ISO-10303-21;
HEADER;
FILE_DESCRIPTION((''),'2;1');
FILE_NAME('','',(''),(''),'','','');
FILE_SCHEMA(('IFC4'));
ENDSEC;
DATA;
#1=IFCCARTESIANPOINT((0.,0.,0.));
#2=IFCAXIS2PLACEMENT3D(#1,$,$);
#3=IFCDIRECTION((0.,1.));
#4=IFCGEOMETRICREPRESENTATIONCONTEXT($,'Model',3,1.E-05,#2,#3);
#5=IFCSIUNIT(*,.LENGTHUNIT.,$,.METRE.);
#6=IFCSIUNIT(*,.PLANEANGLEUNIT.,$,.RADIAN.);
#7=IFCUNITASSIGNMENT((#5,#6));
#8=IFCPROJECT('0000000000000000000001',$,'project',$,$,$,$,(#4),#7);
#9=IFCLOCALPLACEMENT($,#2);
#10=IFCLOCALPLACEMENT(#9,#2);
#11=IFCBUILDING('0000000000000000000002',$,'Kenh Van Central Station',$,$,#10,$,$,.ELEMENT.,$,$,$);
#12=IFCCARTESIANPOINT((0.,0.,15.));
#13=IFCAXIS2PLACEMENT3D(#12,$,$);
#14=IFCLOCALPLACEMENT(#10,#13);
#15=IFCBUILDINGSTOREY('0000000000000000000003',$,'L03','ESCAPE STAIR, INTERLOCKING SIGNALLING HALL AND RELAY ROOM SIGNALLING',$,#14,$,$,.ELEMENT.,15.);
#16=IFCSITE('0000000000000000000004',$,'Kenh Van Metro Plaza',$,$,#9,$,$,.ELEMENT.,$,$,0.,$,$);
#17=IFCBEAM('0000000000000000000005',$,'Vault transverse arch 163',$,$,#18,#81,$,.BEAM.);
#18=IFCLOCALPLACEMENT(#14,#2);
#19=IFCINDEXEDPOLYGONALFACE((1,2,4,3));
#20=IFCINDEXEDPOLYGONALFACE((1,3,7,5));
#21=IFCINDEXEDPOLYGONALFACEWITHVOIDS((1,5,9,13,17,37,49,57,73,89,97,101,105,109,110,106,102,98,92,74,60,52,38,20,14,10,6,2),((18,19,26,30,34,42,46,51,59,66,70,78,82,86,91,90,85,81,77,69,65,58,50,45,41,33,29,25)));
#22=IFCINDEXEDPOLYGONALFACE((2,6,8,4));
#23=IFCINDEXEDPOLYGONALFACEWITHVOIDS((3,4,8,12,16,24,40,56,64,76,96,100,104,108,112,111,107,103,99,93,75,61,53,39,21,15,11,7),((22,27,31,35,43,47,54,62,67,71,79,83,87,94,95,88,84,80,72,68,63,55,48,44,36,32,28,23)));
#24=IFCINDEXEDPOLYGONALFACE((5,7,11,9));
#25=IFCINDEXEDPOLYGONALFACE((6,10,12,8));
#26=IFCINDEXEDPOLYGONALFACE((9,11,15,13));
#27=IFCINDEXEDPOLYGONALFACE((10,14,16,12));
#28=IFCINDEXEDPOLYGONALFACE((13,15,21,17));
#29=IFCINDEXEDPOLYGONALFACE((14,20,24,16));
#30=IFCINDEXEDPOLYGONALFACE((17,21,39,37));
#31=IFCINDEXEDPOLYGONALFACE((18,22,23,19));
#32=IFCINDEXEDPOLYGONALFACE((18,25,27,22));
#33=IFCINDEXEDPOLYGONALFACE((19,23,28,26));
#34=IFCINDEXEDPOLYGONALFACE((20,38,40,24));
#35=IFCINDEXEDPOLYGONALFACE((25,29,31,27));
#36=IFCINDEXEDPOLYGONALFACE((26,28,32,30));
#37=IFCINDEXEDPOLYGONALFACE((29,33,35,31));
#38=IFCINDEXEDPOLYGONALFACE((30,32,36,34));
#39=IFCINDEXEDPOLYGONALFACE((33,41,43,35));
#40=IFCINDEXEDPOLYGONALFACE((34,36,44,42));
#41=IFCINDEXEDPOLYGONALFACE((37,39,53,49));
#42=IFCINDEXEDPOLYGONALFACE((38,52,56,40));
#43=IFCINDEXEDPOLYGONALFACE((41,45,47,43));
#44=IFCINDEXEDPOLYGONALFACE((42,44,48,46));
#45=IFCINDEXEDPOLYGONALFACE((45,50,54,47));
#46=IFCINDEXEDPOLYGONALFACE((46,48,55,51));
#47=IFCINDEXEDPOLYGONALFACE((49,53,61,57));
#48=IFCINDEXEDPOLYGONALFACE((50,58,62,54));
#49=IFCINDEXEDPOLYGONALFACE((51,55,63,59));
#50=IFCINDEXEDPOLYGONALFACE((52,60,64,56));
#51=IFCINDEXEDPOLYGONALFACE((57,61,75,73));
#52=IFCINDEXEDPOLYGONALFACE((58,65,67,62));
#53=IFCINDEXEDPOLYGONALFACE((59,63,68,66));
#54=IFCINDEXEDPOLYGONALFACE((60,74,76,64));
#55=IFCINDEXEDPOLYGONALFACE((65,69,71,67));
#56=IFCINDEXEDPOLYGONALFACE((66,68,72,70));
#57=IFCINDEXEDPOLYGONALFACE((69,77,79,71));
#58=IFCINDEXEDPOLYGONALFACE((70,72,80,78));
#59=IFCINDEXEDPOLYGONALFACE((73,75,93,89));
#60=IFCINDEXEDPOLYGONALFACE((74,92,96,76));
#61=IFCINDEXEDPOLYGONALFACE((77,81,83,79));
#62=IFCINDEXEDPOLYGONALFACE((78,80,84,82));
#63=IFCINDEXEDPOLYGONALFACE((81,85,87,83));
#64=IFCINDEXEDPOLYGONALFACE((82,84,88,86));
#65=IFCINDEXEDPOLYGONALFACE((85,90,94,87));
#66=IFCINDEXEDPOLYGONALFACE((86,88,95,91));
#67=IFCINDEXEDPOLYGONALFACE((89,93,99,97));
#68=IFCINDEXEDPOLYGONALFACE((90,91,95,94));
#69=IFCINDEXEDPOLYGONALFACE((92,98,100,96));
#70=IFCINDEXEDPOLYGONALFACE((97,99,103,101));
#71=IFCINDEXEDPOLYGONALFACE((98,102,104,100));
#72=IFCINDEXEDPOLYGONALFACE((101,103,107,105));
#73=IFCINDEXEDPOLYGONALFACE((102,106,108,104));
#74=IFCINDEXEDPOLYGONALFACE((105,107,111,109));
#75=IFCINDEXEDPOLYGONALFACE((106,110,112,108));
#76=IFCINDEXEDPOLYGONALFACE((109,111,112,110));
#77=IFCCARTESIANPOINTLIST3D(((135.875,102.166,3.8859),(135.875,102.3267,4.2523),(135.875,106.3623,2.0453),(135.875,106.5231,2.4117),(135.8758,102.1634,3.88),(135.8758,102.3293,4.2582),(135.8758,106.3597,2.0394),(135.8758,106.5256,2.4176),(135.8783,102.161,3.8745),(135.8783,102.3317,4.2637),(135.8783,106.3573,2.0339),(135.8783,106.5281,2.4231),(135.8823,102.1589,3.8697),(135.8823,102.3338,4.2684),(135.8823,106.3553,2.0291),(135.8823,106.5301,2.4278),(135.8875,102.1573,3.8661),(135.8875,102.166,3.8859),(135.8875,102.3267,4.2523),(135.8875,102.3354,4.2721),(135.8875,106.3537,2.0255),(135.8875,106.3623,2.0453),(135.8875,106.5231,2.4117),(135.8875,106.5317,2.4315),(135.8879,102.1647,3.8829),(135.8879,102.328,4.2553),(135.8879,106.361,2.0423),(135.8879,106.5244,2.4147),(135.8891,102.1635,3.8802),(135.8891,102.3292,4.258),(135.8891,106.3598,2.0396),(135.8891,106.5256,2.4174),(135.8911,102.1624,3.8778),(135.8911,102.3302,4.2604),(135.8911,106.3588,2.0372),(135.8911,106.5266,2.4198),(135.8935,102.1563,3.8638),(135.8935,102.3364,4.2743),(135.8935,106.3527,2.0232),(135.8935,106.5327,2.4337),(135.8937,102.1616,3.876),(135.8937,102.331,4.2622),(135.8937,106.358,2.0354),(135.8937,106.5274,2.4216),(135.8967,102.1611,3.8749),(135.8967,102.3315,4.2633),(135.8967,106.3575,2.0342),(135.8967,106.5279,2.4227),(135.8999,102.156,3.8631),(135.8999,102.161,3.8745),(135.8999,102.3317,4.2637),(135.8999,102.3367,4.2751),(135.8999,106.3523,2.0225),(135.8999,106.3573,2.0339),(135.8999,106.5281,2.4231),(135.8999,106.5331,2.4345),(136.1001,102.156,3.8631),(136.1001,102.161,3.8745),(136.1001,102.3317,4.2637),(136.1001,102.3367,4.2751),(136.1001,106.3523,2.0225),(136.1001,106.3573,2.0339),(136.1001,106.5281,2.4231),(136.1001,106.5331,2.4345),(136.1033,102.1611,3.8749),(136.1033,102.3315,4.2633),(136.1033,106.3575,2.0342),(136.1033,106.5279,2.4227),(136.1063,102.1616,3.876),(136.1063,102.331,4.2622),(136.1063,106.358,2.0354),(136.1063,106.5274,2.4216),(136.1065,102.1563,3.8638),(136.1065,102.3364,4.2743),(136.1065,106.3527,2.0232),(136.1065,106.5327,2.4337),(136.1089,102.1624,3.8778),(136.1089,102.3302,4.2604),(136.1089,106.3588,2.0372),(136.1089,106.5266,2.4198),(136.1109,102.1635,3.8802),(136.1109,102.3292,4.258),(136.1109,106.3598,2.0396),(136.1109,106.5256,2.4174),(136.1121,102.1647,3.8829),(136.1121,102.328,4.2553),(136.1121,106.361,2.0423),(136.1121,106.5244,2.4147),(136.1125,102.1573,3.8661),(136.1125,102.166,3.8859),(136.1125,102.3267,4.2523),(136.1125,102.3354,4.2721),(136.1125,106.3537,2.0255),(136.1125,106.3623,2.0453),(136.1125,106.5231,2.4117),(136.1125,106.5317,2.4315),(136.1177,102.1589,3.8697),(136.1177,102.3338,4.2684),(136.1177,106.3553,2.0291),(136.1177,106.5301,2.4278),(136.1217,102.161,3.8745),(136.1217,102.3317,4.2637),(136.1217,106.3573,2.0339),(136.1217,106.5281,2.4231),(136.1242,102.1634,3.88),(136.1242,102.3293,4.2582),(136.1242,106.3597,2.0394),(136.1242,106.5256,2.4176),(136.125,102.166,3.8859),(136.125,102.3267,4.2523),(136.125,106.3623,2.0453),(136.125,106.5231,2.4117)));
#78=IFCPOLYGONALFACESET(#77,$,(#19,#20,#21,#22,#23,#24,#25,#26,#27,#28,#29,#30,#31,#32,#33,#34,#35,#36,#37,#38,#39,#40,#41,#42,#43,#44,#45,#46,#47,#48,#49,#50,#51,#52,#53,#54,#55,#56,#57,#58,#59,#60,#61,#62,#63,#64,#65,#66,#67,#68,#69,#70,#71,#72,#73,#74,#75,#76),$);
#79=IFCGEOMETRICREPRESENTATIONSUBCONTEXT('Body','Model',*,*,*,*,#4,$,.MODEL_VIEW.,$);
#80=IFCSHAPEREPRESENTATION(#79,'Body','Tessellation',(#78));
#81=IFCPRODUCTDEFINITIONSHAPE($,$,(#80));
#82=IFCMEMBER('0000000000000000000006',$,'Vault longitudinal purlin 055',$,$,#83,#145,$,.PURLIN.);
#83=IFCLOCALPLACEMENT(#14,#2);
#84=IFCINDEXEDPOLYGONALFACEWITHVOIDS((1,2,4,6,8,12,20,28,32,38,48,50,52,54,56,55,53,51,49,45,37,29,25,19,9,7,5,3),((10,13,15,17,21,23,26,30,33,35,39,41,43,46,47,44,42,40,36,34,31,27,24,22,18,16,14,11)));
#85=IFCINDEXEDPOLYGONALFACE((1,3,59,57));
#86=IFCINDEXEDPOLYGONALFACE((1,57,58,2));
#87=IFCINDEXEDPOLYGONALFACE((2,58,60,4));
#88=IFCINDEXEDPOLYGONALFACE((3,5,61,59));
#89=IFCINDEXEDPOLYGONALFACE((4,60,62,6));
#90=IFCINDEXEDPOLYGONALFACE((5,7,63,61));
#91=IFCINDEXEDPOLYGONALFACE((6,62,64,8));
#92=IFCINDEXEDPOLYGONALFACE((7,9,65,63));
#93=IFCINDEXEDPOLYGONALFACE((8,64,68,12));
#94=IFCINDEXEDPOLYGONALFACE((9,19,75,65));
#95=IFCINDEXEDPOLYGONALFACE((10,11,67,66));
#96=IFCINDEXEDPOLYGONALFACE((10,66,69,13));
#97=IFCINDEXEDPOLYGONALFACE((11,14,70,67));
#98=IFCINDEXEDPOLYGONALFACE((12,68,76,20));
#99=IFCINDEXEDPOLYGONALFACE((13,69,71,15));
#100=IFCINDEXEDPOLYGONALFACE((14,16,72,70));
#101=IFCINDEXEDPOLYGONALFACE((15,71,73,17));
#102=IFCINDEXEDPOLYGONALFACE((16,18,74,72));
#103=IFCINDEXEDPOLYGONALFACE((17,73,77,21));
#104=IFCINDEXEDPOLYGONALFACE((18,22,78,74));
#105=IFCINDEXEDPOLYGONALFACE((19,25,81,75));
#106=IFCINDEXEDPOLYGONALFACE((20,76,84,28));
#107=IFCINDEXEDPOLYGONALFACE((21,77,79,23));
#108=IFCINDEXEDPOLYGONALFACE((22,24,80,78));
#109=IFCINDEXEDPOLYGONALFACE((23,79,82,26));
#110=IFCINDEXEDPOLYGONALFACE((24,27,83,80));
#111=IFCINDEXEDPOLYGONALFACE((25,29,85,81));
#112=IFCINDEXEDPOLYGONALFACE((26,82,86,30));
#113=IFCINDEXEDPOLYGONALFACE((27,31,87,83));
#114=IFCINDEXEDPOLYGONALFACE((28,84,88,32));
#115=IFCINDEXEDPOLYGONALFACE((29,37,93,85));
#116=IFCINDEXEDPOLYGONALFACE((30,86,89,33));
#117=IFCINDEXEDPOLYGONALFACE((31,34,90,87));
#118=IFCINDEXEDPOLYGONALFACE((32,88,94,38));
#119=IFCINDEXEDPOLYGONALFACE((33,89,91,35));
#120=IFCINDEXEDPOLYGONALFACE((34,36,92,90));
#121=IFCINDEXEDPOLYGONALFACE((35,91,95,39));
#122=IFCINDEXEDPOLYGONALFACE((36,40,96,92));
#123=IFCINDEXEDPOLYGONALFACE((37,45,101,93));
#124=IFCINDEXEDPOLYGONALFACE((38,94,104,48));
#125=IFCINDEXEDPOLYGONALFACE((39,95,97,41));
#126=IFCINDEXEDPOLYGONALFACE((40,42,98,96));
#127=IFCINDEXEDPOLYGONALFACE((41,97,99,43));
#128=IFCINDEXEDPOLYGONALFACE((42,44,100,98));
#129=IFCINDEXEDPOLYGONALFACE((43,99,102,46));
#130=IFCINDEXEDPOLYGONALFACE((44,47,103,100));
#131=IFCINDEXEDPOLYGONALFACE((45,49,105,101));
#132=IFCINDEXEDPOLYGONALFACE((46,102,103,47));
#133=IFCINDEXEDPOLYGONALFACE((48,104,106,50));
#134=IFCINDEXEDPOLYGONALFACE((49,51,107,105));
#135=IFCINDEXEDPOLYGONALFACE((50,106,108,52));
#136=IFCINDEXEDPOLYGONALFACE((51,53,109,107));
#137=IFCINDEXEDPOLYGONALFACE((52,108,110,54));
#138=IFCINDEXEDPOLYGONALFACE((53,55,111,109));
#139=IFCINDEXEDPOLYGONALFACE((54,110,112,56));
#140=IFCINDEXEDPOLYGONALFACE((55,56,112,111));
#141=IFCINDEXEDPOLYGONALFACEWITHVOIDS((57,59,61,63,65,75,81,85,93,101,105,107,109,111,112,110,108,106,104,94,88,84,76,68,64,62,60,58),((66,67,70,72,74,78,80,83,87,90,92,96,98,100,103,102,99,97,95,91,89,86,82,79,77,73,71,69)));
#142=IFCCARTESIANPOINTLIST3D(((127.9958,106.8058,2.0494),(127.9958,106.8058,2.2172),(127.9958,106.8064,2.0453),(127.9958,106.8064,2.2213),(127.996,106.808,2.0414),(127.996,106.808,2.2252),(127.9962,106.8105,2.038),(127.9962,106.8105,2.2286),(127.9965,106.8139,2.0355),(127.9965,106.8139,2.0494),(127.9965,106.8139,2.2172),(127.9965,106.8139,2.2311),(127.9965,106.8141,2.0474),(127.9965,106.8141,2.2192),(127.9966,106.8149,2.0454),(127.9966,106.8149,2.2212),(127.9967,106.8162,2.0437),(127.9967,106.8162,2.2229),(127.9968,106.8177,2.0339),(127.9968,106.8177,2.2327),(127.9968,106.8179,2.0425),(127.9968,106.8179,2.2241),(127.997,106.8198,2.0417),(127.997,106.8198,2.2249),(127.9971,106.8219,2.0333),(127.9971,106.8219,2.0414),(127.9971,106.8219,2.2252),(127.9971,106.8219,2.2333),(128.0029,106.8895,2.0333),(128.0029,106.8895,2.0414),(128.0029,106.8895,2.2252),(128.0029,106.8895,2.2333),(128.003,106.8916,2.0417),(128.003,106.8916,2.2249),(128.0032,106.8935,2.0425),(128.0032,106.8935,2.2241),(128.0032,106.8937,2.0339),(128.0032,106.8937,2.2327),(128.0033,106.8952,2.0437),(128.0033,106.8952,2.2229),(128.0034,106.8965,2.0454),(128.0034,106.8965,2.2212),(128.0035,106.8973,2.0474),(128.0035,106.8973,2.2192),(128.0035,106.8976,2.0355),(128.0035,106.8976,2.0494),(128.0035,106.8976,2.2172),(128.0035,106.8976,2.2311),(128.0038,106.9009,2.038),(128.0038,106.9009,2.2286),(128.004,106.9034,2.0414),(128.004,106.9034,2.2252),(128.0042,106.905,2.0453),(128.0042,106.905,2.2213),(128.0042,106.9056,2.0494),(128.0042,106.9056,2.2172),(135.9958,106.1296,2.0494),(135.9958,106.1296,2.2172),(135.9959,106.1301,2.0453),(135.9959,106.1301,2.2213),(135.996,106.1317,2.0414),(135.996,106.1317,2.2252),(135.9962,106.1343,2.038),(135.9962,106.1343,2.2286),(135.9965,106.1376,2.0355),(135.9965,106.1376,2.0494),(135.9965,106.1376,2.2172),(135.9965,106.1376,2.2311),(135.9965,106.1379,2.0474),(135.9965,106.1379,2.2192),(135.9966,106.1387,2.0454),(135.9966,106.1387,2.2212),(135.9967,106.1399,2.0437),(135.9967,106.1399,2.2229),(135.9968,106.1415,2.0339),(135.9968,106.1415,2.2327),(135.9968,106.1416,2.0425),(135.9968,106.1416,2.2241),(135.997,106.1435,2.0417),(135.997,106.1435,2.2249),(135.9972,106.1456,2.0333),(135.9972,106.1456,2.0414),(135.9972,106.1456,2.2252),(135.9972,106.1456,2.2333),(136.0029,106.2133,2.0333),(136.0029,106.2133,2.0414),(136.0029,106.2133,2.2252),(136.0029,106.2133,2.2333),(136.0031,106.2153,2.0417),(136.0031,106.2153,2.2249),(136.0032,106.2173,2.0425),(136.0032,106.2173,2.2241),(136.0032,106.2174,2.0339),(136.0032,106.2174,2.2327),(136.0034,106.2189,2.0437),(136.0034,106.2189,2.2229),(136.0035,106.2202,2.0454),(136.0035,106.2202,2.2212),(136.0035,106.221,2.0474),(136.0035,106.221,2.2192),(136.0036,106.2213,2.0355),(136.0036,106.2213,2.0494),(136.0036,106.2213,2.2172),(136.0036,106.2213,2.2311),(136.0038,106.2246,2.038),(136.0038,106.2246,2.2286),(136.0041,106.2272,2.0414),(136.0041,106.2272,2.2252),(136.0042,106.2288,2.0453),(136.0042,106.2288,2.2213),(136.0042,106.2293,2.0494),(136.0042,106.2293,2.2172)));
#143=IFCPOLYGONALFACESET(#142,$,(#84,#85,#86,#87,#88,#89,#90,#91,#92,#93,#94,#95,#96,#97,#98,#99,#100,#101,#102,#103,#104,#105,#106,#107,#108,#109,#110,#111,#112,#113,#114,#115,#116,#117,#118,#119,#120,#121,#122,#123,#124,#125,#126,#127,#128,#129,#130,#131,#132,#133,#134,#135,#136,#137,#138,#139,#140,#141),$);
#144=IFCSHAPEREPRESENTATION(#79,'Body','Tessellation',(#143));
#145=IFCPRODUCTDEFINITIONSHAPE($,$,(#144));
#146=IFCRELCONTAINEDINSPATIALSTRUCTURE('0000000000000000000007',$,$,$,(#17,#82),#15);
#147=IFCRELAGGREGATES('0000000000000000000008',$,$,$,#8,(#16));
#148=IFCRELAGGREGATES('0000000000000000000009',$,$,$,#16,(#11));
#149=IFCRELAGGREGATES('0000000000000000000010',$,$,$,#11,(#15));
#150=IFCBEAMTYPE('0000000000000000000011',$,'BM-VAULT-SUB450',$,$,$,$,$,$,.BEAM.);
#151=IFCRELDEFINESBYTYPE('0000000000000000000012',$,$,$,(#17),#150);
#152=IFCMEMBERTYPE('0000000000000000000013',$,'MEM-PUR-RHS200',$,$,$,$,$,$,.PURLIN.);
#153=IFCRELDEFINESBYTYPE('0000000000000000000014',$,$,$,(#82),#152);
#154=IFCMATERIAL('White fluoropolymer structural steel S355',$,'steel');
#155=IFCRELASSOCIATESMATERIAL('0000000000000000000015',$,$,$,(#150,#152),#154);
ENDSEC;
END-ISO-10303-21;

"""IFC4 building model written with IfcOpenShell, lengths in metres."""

from ifc_helpers import new_model, si_unit, direction, frame, origin, origin_2d, place, context, subcontext, project, spatial, hollow_rectangle, extrude, material, material_profile, profile_set, type_object, element, save


model = new_model("IFC4")

# Units and contexts
model_context = context("Model", 3, precision=1e-05, world=origin(), true_north=direction((0.0, 1.0)))
body_context = subcontext(model_context, "Body", "Model", "MODEL_VIEW")
ifc_project = project(units=[si_unit("LENGTHUNIT", "METRE"), si_unit("PLANEANGLEUNIT", "RADIAN")], contexts=[model_context])

# Site, building, storey
site_placement = place(None, origin())
site = spatial("IfcSite", under=ifc_project, at=site_placement, Name="Kenh Van Metro Plaza", CompositionType="ELEMENT", RefElevation=0.0)
building_placement = place(site_placement, origin())
building = spatial("IfcBuilding", under=site, at=building_placement, Name="Kenh Van Central Station", CompositionType="ELEMENT")
storey_placement = place(building_placement, frame((0.0, 0.0, 15.0)))
storey = spatial("IfcBuildingStorey", under=building, at=storey_placement, Name="L03", Description="ESCAPE STAIR, INTERLOCKING SIGNALLING HALL AND RELAY ROOM SIGNALLING", CompositionType="ELEMENT", Elevation=15.0)

# Beam
ifc_material_1 = material(Name="White fluoropolymer structural steel S355", Category="steel")
ifc_material_profile_1 = material_profile(ifc_material_1, hollow_rectangle(XDim=0.25, YDim=0.45, WallThickness=0.0125, InnerFilletRadius=0.0125, OuterFilletRadius=0.0249, at=origin_2d()), Name="RHS 450x250x12.5")
ifc_profile_set_1 = profile_set([ifc_material_profile_1], Name="White fluoropolymer structural steel S355")
beam_type_1 = type_object("IfcBeamType", Name="BM-VAULT-SUB450", PredefinedType="BEAM", material=ifc_profile_set_1)
beam_1_placement = place(storey_placement, frame((136.0, 102.2463, 4.0691), z_axis=(0.0, 0.91578, -0.40168), x_axis=(-1.0, 0.0, 0.0)))
element("IfcBeam", 1, at=beam_1_placement, inside=storey, type_object=beam_type_1, Name="Vault transverse arch 163", PredefinedType="BEAM", context=body_context, shape_type="SweptSolid", body=[
    extrude(hollow_rectangle(XDim=0.25, YDim=0.45, WallThickness=0.0125, InnerFilletRadius=0.0125, OuterFilletRadius=0.0249, at=origin_2d()), origin(), (0.0, 0.0, 1.0), 4.5823),
])

# Member
ifc_material_profile_2 = material_profile(ifc_material_1, hollow_rectangle(XDim=0.1001, YDim=0.2, WallThickness=0.0081, InnerFilletRadius=0.0081, OuterFilletRadius=0.0161, at=origin_2d()), Name="RHS 200x100x8")
ifc_profile_set_2 = profile_set([ifc_material_profile_2], Name="White fluoropolymer structural steel S355")
member_type_1 = type_object("IfcMemberType", Name="MEM-PUR-RHS200", PredefinedType="PURLIN", material=ifc_profile_set_2)
member_1_placement = place(storey_placement, frame((128.0, 106.8557, 2.1333), z_axis=(0.996446, -0.084233, 0.0), x_axis=(0.084233, 0.996446, 0.0)))
element("IfcMember", 2, at=member_1_placement, inside=storey, type_object=member_type_1, Name="Vault longitudinal purlin 055", PredefinedType="PURLIN", context=body_context, shape_type="SweptSolid", body=[
    extrude(hollow_rectangle(XDim=0.1001, YDim=0.2, WallThickness=0.0081, InnerFilletRadius=0.0081, OuterFilletRadius=0.0161, at=origin_2d()), origin(), (0.0, 0.0, 1.0), 8.0286),
])

save(model, "model.ifc")
